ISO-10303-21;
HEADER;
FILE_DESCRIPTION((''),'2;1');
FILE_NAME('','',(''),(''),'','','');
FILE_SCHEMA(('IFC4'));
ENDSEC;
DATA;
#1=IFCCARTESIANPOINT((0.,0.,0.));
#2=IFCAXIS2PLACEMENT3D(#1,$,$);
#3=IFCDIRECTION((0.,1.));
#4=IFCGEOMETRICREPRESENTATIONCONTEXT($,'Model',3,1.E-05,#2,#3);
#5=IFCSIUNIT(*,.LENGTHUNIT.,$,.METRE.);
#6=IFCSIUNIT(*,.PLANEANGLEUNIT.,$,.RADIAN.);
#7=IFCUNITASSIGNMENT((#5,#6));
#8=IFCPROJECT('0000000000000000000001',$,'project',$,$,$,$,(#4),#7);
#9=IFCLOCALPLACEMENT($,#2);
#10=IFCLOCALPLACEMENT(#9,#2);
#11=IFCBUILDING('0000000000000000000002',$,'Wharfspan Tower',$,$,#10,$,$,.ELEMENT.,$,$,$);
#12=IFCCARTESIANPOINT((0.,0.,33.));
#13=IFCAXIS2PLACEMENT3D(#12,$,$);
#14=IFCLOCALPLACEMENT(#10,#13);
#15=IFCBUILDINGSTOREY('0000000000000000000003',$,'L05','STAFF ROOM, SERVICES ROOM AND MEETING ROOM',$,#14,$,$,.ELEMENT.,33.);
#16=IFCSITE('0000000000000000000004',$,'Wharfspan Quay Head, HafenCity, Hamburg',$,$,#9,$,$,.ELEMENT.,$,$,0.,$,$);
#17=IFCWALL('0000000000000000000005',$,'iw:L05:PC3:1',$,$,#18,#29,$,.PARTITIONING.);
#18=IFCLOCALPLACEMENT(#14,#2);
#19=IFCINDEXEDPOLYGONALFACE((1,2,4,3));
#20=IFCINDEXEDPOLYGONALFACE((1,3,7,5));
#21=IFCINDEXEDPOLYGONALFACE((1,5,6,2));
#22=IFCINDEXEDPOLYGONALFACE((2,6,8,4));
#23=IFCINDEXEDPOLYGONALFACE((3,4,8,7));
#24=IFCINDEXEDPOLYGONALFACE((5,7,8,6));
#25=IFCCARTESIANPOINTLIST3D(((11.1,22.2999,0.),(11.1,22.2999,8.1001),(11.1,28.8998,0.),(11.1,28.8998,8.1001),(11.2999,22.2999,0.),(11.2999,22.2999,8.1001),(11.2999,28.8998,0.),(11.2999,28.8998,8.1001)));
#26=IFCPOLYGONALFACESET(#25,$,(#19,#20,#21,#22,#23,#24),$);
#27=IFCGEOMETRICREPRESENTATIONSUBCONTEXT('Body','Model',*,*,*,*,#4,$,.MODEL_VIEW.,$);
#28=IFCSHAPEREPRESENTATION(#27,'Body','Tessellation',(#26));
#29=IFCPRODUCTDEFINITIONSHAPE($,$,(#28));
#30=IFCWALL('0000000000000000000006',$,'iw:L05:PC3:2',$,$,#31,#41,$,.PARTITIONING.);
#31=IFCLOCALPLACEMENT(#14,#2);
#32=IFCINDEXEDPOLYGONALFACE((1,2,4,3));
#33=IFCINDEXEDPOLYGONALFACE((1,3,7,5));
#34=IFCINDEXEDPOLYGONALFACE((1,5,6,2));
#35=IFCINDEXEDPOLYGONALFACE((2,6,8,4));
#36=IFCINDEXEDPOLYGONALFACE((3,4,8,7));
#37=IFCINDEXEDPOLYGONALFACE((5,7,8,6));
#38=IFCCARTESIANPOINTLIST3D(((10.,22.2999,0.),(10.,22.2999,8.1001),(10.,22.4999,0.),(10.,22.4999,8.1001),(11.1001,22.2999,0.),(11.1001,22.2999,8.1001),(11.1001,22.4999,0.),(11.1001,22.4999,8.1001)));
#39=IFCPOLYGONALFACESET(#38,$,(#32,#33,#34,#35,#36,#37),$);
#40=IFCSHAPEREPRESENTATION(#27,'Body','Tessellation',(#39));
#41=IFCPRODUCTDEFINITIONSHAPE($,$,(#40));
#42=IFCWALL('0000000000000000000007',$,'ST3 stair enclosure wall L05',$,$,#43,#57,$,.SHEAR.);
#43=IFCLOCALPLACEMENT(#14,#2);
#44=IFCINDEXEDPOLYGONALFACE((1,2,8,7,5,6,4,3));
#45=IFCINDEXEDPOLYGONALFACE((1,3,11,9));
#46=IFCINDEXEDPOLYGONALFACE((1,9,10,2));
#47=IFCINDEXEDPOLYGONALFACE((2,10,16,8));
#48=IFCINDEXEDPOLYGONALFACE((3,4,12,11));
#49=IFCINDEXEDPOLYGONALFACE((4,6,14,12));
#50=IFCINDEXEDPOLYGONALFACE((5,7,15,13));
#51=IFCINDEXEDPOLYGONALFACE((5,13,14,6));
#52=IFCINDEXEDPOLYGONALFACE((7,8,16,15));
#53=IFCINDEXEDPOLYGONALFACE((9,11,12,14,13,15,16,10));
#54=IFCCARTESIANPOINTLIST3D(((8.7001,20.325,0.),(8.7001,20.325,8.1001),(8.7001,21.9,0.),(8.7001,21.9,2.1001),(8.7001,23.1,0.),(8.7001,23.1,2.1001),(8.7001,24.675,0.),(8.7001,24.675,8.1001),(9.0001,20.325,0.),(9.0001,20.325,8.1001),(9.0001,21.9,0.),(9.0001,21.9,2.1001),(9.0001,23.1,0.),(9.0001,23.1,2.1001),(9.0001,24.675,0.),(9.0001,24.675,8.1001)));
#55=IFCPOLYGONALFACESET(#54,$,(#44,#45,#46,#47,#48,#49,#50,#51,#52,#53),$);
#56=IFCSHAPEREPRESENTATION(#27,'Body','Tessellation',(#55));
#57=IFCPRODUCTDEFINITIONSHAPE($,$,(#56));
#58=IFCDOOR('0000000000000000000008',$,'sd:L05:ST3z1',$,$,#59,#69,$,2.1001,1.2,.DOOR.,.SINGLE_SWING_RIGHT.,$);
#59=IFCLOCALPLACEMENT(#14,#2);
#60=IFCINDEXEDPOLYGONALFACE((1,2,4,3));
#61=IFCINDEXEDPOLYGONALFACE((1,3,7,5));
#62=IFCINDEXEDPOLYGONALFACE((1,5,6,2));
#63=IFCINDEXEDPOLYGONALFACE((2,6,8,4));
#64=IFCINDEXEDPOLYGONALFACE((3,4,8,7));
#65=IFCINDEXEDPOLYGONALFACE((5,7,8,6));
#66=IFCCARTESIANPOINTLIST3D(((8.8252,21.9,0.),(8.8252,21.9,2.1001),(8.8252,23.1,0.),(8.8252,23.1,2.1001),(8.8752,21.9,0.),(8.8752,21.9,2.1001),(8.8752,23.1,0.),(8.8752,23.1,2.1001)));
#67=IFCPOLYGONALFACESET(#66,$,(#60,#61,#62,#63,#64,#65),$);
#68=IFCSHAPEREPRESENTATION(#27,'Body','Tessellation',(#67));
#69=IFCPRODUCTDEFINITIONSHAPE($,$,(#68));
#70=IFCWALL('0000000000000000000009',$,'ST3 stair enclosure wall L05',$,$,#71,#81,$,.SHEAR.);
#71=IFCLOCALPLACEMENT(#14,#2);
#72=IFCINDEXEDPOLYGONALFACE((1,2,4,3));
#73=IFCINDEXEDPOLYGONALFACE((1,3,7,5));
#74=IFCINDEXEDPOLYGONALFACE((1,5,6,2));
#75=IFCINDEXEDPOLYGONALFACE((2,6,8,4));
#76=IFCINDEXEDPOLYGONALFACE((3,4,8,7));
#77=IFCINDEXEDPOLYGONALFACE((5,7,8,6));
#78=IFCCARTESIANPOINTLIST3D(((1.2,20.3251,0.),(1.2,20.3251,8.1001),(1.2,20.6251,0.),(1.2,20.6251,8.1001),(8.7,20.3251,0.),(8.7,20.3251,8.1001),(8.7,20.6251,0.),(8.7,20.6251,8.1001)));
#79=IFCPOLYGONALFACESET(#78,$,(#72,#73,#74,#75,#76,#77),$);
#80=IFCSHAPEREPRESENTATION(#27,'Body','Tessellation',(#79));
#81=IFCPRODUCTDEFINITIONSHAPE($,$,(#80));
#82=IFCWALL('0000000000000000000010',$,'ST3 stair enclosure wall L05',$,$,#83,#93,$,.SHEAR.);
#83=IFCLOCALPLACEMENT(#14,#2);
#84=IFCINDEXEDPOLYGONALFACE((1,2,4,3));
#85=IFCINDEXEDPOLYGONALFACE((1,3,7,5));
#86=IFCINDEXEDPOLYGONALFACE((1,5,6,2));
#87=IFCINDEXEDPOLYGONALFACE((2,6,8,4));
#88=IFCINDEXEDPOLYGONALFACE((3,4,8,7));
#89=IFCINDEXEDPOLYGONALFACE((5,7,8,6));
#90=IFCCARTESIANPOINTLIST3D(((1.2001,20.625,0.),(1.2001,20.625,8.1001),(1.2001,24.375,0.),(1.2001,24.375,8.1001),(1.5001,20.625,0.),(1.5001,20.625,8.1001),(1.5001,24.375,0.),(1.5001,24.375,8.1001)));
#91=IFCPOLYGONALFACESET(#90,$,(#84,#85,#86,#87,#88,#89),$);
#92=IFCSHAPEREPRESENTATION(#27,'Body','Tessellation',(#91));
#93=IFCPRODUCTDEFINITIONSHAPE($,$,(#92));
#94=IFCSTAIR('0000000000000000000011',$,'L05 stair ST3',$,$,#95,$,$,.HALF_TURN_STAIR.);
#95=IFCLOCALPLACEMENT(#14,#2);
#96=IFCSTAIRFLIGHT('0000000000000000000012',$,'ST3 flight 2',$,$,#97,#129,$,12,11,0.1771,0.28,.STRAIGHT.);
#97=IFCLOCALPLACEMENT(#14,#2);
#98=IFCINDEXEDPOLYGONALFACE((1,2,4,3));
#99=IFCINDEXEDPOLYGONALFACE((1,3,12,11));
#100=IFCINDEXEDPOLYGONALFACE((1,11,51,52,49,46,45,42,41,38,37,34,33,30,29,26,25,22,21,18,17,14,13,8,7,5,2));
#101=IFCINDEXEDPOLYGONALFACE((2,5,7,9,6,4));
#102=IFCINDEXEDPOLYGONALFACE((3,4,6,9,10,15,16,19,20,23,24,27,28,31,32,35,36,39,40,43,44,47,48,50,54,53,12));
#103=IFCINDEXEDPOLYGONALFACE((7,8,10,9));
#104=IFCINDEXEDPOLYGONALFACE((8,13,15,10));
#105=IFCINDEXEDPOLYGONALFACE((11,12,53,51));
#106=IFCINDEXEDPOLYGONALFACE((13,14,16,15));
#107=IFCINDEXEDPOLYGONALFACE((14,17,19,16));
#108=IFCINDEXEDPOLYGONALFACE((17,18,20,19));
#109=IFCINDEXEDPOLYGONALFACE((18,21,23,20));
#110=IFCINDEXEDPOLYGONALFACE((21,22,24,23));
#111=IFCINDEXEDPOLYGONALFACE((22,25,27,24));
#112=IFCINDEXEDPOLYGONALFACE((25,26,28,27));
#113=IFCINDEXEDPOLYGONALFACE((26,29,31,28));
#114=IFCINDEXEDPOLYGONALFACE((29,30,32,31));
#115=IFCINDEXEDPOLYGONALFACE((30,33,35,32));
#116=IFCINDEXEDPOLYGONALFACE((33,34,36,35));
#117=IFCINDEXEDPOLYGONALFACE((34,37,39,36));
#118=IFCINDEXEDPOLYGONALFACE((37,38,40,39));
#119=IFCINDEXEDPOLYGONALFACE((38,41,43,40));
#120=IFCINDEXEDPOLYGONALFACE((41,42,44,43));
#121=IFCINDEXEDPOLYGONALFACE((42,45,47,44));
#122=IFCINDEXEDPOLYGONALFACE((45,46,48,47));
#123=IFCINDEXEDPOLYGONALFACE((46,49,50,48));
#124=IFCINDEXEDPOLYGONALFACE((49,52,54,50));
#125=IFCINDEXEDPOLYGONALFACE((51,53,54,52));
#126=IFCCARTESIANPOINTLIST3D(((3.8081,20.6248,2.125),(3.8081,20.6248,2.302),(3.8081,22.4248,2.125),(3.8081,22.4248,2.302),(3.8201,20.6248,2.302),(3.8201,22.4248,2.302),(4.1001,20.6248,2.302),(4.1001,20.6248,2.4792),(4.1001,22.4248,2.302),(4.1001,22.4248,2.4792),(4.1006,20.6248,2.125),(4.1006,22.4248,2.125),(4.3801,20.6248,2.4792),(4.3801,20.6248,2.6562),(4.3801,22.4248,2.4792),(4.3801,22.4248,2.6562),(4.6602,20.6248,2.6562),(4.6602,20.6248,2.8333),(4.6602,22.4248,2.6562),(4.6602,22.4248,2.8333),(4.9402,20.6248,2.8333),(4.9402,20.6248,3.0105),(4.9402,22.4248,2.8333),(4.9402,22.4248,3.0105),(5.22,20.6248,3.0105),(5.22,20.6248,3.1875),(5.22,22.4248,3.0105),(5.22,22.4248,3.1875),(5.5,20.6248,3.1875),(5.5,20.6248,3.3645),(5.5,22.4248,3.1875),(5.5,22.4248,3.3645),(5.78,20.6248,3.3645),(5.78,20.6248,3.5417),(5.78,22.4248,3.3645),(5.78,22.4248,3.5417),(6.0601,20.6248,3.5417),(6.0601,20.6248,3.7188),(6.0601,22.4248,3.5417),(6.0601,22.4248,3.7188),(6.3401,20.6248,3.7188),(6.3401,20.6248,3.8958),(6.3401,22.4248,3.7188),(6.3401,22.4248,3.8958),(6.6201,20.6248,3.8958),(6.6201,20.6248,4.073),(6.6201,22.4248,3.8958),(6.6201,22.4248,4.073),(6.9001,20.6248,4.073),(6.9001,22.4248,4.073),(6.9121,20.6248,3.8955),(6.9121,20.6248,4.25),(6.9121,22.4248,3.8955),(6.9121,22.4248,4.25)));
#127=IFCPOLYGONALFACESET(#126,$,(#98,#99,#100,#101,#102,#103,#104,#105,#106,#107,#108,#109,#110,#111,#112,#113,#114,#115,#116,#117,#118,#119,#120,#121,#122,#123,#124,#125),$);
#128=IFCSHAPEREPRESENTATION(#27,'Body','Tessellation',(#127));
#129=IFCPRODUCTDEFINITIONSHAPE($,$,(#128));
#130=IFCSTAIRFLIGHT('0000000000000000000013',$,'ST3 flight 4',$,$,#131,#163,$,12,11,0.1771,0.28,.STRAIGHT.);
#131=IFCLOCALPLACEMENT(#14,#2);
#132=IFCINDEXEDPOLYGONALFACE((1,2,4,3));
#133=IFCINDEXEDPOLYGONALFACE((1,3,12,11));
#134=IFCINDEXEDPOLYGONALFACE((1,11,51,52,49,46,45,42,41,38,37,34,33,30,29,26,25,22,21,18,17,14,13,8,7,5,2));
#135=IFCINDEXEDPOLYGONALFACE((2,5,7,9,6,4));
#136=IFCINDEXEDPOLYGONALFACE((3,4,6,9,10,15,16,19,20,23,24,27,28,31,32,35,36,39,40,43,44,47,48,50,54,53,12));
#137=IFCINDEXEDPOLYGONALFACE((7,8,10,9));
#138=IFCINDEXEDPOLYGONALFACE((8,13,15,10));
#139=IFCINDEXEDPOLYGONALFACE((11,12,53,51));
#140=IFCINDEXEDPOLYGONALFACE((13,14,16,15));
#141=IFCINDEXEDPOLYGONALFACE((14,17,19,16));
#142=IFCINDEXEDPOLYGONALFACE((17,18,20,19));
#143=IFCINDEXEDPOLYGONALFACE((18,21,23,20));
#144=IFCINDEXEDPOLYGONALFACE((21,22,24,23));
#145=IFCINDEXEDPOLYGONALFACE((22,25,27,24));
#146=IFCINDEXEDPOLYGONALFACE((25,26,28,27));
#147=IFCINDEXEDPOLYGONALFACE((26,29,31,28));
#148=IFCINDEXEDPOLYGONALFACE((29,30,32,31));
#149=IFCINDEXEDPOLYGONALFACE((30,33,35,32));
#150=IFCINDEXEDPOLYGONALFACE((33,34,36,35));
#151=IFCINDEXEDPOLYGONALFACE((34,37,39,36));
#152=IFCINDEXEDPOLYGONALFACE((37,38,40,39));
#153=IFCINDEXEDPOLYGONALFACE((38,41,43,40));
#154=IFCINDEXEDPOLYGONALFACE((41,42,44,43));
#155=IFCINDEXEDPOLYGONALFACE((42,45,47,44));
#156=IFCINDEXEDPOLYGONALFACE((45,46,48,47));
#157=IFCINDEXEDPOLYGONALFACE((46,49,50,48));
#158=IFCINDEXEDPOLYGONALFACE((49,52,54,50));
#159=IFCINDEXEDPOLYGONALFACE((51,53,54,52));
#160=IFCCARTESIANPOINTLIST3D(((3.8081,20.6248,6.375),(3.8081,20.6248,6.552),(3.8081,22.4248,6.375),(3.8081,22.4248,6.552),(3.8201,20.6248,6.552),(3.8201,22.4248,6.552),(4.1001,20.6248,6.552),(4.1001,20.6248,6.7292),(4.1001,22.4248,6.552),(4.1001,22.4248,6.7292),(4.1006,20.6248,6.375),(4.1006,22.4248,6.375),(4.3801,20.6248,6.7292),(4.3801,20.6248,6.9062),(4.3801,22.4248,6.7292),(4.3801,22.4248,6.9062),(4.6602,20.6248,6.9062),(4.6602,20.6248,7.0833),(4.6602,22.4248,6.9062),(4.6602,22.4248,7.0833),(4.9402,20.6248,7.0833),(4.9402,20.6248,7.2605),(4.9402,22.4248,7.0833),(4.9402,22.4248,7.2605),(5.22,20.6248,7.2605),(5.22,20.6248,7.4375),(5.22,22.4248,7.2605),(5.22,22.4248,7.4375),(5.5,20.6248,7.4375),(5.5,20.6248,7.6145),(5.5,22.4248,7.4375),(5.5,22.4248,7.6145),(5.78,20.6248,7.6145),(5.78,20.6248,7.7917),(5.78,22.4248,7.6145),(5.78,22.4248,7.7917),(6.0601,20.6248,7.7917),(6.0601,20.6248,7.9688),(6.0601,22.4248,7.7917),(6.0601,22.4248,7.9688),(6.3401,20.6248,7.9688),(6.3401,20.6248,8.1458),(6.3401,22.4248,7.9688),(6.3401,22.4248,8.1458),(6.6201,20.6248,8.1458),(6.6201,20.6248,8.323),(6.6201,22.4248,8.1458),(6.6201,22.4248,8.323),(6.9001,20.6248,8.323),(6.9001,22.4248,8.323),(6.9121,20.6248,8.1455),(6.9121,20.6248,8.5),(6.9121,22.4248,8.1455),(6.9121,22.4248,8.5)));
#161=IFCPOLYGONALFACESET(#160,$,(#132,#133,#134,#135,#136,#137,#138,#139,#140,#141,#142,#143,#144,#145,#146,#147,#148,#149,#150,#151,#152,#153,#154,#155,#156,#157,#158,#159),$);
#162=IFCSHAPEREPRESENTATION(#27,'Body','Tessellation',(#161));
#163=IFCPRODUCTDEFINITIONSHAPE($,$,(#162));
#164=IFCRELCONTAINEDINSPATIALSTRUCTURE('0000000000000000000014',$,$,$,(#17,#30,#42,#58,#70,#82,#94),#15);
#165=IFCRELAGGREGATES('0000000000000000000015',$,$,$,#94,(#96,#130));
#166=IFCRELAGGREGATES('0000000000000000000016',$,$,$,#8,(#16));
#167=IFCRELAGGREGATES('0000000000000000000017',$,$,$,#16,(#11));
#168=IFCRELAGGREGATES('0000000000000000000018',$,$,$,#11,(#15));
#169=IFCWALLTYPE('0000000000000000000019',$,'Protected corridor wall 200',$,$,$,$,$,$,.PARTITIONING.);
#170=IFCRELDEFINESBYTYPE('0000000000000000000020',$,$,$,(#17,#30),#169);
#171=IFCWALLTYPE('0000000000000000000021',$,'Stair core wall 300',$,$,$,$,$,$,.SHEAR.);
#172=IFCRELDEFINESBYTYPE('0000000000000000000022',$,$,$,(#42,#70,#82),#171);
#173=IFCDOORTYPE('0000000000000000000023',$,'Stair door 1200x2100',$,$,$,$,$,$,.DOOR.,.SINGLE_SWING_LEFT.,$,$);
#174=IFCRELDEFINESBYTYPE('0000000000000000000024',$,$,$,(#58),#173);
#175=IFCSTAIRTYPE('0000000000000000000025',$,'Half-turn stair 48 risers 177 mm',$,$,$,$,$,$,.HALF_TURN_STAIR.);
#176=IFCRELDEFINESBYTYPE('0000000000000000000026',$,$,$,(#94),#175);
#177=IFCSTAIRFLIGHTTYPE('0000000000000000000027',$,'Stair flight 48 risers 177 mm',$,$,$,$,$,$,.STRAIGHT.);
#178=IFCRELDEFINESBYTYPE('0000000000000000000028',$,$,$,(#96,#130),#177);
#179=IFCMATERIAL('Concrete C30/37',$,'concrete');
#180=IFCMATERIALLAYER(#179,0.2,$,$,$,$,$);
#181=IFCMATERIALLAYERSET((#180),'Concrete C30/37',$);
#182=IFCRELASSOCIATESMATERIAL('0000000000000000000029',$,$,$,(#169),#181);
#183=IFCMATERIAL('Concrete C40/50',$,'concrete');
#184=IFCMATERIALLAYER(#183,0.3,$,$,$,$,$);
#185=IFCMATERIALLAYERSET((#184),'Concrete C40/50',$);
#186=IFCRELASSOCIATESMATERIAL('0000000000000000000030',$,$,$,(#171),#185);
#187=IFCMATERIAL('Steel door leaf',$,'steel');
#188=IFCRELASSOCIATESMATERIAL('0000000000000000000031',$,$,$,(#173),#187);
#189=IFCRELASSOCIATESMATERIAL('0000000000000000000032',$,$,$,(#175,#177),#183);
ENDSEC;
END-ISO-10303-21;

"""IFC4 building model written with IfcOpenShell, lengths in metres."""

from ifc_helpers import new_model, si_unit, direction, frame, frame_2d, origin, place, context, subcontext, project, spatial, polyline, rectangle, outline, extrude, material, layer, layer_set, type_object, element, fill, aggregate, save


model = new_model("IFC4")

# Units and contexts
model_context = context("Model", 3, precision=1e-05, world=origin(), true_north=direction((0.0, 1.0)))
body_context = subcontext(model_context, "Body", "Model", "MODEL_VIEW")
ifc_project = project(units=[si_unit("LENGTHUNIT", "METRE"), si_unit("PLANEANGLEUNIT", "RADIAN")], contexts=[model_context])

# Site, building, storey
site_placement = place(None, origin())
site = spatial("IfcSite", under=ifc_project, at=site_placement, Name="Wharfspan Quay Head, HafenCity, Hamburg", CompositionType="ELEMENT", RefElevation=0.0)
building_placement = place(site_placement, origin())
building = spatial("IfcBuilding", under=site, at=building_placement, Name="Wharfspan Tower", CompositionType="ELEMENT")
storey_placement = place(building_placement, frame((0.0, 0.0, 33.0)))
storey = spatial("IfcBuildingStorey", under=building, at=storey_placement, Name="L05", Description="STAFF ROOM, SERVICES ROOM AND MEETING ROOM", CompositionType="ELEMENT", Elevation=33.0)

# Walls
ifc_material_1 = material(Name="Concrete C30/37", Category="concrete")
ifc_layer_1 = layer(ifc_material_1, 0.2)
ifc_layer_set_1 = layer_set([ifc_layer_1], Name="Concrete C30/37")
wall_type_1 = type_object("IfcWallType", Name="Protected corridor wall 200", PredefinedType="PARTITIONING", material=ifc_layer_set_1)
wall_1_placement = place(storey_placement, frame((11.2, 22.3, 0.0), z_axis=(0.0, 0.0, 1.0), x_axis=(0.0, 1.0, 0.0)))
element("IfcWall", 1, at=wall_1_placement, inside=storey, type_object=wall_type_1, Name="iw:L05:PC3:1", PredefinedType="PARTITIONING", context=body_context, shape_type="SweptSolid", body=[
    extrude(rectangle(XDim=6.5999, YDim=0.2, at=frame_2d((3.2998, 0.0))), origin(), (0.0, 0.0, 1.0), 8.1001),
])
wall_2_placement = place(storey_placement, frame((10.0, 22.3999, 0.0), z_axis=(0.0, 0.0, 1.0), x_axis=(1.0, 0.0, 0.0)))
element("IfcWall", 2, at=wall_2_placement, inside=storey, type_object=wall_type_1, Name="iw:L05:PC3:2", PredefinedType="PARTITIONING", context=body_context, shape_type="SweptSolid", body=[
    extrude(rectangle(XDim=1.1001, YDim=0.2, at=frame_2d((0.55, 0.0))), origin(), (0.0, 0.0, 1.0), 8.1001),
])

# Wall, opening, door
ifc_material_2 = material(Name="Concrete C40/50", Category="concrete")
ifc_layer_2 = layer(ifc_material_2, 0.3)
ifc_layer_set_2 = layer_set([ifc_layer_2], Name="Concrete C40/50")
wall_type_2 = type_object("IfcWallType", Name="Stair core wall 300", PredefinedType="SHEAR", material=ifc_layer_set_2)
wall_3_placement = place(storey_placement, frame((8.8501, 20.325, 0.0), z_axis=(0.0, 0.0, 1.0), x_axis=(0.0, 1.0, 0.0)))
wall_3 = element("IfcWall", 3, at=wall_3_placement, inside=storey, type_object=wall_type_2, Name="ST3 stair enclosure wall L05", PredefinedType="SHEAR", context=body_context, shape_type="SweptSolid", body=[
    extrude(rectangle(XDim=4.3501, YDim=0.3, at=frame_2d((2.175, 0.0))), origin(), (0.0, 0.0, 1.0), 8.1001),
])
opening_placement = place(wall_3_placement, frame((1.575, 0.0, 0.0)))
opening = element("IfcOpeningElement", 4, at=opening_placement, cuts=wall_3, PredefinedType="OPENING", context=body_context, shape_type="SweptSolid", body=[
    extrude(rectangle(XDim=1.2, YDim=2.1001, at=frame_2d((0.6001, 1.05))), frame((0.0, 0.1599, 0.0), z_axis=(0.0, -1.0, 0.0), x_axis=(1.0, 0.0, 0.0)), (0.0, 0.0, 1.0), 0.3201),
])
ifc_material_3 = material(Name="Steel door leaf", Category="steel")
door_type = type_object("IfcDoorType", Name="Stair door 1200x2100", OperationType="SINGLE_SWING_LEFT", PredefinedType="DOOR", material=ifc_material_3)
door_placement = place(opening_placement, origin())
door = element("IfcDoor", 5, at=door_placement, inside=storey, type_object=door_type, Name="sd:L05:ST3z1", OperationType="SINGLE_SWING_RIGHT", OverallHeight=2.1001, OverallWidth=1.2, PredefinedType="DOOR", context=body_context, shape_type="SweptSolid", body=[
    extrude(rectangle(XDim=1.2, YDim=2.1001, at=frame_2d((0.6001, 1.05))), frame((0.0, 0.0249, 0.0), z_axis=(0.0, -1.0, 0.0), x_axis=(1.0, 0.0, 0.0)), (0.0, 0.0, 1.0), 0.05),
])
fill(opening, door)

# Walls
wall_4_placement = place(storey_placement, frame((1.2, 20.4751, 0.0), z_axis=(0.0, 0.0, 1.0), x_axis=(1.0, 0.0, 0.0)))
element("IfcWall", 6, at=wall_4_placement, inside=storey, type_object=wall_type_2, Name="ST3 stair enclosure wall L05", PredefinedType="SHEAR", context=body_context, shape_type="SweptSolid", body=[
    extrude(rectangle(XDim=7.5, YDim=0.3, at=frame_2d((3.75, 0.0))), origin(), (0.0, 0.0, 1.0), 8.1001),
])
wall_5_placement = place(storey_placement, frame((1.3501, 20.625, 0.0), z_axis=(0.0, 0.0, 1.0), x_axis=(0.0, 1.0, 0.0)))
element("IfcWall", 7, at=wall_5_placement, inside=storey, type_object=wall_type_2, Name="ST3 stair enclosure wall L05", PredefinedType="SHEAR", context=body_context, shape_type="SweptSolid", body=[
    extrude(rectangle(XDim=3.75, YDim=0.3, at=frame_2d((1.875, 0.0))), origin(), (0.0, 0.0, 1.0), 8.1001),
])

# Stair, stair flights
stair_type = type_object("IfcStairType", Name="Half-turn stair 48 risers 177 mm", PredefinedType="HALF_TURN_STAIR", material=ifc_material_2)
stair_placement = place(storey_placement, origin())
stair = element("IfcStair", 8, at=stair_placement, inside=storey, type_object=stair_type, Name="L05 stair ST3", PredefinedType="HALF_TURN_STAIR")
stair_flight_type = type_object("IfcStairFlightType", Name="Stair flight 48 risers 177 mm", PredefinedType="STRAIGHT", material=ifc_material_2)
stair_flight_1_placement = place(storey_placement, frame((3.8201, 21.5249, 2.125), z_axis=(0.0, 0.0, 1.0), x_axis=(1.0, 0.0, 0.0)))
stair_flight_1 = element("IfcStairFlight", 9, at=stair_flight_1_placement, type_object=stair_flight_type, Name="ST3 flight 2", NumberOfRisers=12, NumberOfTreads=11, PredefinedType="STRAIGHT", RiserHeight=0.1771, TreadLength=0.28, context=body_context, shape_type="SweptSolid", body=[
    extrude(outline(polyline([(-0.012, 0.0), (-0.012, 0.177), (0.0, 0.177), (0.28, 0.177), (0.28, 0.3542), (0.5601, 0.3542), (0.5601, 0.5312), (0.8401, 0.5312), (0.8401, 0.7083), (1.1201, 0.7083), (1.1201, 0.8855), (1.3999, 0.8855), (1.3999, 1.0625), (1.6799, 1.0625), (1.6799, 1.2395), (1.96, 1.2395), (1.96, 1.4167), (2.24, 1.4167), (2.24, 1.5938), (2.52, 1.5938), (2.52, 1.7708), (2.8, 1.7708), (2.8, 1.948), (3.0801, 1.948), (3.092, 2.125), (3.092, 1.7705), (0.2805, 0.0), (-0.012, 0.0)])), frame((0.0, 0.8999, 0.0), z_axis=(0.0, -1.0, 0.0), x_axis=(1.0, 0.0, 0.0)), (0.0, 0.0, 1.0), 1.8),
])
stair_flight_2_placement = place(storey_placement, frame((3.8201, 21.5249, 6.375), z_axis=(0.0, 0.0, 1.0), x_axis=(1.0, 0.0, 0.0)))
stair_flight_2 = element("IfcStairFlight", 10, at=stair_flight_2_placement, type_object=stair_flight_type, Name="ST3 flight 4", NumberOfRisers=12, NumberOfTreads=11, PredefinedType="STRAIGHT", RiserHeight=0.1771, TreadLength=0.28, context=body_context, shape_type="SweptSolid", body=[
    extrude(outline(polyline([(-0.012, 0.0), (-0.012, 0.177), (0.0, 0.177), (0.28, 0.177), (0.28, 0.3542), (0.5601, 0.3542), (0.5601, 0.5312), (0.8401, 0.5312), (0.8401, 0.7083), (1.1201, 0.7083), (1.1201, 0.8855), (1.3999, 0.8855), (1.3999, 1.0625), (1.6799, 1.0625), (1.6799, 1.2395), (1.96, 1.2395), (1.96, 1.4167), (2.24, 1.4167), (2.24, 1.5938), (2.52, 1.5938), (2.52, 1.7708), (2.8, 1.7708), (2.8, 1.948), (3.0801, 1.948), (3.092, 2.125), (3.092, 1.7705), (0.2805, 0.0), (-0.012, 0.0)])), frame((0.0, 0.8999, 0.0), z_axis=(0.0, -1.0, 0.0), x_axis=(1.0, 0.0, 0.0)), (0.0, 0.0, 1.0), 1.8),
])
aggregate(stair, [stair_flight_1, stair_flight_2])

save(model, "model.ifc")
